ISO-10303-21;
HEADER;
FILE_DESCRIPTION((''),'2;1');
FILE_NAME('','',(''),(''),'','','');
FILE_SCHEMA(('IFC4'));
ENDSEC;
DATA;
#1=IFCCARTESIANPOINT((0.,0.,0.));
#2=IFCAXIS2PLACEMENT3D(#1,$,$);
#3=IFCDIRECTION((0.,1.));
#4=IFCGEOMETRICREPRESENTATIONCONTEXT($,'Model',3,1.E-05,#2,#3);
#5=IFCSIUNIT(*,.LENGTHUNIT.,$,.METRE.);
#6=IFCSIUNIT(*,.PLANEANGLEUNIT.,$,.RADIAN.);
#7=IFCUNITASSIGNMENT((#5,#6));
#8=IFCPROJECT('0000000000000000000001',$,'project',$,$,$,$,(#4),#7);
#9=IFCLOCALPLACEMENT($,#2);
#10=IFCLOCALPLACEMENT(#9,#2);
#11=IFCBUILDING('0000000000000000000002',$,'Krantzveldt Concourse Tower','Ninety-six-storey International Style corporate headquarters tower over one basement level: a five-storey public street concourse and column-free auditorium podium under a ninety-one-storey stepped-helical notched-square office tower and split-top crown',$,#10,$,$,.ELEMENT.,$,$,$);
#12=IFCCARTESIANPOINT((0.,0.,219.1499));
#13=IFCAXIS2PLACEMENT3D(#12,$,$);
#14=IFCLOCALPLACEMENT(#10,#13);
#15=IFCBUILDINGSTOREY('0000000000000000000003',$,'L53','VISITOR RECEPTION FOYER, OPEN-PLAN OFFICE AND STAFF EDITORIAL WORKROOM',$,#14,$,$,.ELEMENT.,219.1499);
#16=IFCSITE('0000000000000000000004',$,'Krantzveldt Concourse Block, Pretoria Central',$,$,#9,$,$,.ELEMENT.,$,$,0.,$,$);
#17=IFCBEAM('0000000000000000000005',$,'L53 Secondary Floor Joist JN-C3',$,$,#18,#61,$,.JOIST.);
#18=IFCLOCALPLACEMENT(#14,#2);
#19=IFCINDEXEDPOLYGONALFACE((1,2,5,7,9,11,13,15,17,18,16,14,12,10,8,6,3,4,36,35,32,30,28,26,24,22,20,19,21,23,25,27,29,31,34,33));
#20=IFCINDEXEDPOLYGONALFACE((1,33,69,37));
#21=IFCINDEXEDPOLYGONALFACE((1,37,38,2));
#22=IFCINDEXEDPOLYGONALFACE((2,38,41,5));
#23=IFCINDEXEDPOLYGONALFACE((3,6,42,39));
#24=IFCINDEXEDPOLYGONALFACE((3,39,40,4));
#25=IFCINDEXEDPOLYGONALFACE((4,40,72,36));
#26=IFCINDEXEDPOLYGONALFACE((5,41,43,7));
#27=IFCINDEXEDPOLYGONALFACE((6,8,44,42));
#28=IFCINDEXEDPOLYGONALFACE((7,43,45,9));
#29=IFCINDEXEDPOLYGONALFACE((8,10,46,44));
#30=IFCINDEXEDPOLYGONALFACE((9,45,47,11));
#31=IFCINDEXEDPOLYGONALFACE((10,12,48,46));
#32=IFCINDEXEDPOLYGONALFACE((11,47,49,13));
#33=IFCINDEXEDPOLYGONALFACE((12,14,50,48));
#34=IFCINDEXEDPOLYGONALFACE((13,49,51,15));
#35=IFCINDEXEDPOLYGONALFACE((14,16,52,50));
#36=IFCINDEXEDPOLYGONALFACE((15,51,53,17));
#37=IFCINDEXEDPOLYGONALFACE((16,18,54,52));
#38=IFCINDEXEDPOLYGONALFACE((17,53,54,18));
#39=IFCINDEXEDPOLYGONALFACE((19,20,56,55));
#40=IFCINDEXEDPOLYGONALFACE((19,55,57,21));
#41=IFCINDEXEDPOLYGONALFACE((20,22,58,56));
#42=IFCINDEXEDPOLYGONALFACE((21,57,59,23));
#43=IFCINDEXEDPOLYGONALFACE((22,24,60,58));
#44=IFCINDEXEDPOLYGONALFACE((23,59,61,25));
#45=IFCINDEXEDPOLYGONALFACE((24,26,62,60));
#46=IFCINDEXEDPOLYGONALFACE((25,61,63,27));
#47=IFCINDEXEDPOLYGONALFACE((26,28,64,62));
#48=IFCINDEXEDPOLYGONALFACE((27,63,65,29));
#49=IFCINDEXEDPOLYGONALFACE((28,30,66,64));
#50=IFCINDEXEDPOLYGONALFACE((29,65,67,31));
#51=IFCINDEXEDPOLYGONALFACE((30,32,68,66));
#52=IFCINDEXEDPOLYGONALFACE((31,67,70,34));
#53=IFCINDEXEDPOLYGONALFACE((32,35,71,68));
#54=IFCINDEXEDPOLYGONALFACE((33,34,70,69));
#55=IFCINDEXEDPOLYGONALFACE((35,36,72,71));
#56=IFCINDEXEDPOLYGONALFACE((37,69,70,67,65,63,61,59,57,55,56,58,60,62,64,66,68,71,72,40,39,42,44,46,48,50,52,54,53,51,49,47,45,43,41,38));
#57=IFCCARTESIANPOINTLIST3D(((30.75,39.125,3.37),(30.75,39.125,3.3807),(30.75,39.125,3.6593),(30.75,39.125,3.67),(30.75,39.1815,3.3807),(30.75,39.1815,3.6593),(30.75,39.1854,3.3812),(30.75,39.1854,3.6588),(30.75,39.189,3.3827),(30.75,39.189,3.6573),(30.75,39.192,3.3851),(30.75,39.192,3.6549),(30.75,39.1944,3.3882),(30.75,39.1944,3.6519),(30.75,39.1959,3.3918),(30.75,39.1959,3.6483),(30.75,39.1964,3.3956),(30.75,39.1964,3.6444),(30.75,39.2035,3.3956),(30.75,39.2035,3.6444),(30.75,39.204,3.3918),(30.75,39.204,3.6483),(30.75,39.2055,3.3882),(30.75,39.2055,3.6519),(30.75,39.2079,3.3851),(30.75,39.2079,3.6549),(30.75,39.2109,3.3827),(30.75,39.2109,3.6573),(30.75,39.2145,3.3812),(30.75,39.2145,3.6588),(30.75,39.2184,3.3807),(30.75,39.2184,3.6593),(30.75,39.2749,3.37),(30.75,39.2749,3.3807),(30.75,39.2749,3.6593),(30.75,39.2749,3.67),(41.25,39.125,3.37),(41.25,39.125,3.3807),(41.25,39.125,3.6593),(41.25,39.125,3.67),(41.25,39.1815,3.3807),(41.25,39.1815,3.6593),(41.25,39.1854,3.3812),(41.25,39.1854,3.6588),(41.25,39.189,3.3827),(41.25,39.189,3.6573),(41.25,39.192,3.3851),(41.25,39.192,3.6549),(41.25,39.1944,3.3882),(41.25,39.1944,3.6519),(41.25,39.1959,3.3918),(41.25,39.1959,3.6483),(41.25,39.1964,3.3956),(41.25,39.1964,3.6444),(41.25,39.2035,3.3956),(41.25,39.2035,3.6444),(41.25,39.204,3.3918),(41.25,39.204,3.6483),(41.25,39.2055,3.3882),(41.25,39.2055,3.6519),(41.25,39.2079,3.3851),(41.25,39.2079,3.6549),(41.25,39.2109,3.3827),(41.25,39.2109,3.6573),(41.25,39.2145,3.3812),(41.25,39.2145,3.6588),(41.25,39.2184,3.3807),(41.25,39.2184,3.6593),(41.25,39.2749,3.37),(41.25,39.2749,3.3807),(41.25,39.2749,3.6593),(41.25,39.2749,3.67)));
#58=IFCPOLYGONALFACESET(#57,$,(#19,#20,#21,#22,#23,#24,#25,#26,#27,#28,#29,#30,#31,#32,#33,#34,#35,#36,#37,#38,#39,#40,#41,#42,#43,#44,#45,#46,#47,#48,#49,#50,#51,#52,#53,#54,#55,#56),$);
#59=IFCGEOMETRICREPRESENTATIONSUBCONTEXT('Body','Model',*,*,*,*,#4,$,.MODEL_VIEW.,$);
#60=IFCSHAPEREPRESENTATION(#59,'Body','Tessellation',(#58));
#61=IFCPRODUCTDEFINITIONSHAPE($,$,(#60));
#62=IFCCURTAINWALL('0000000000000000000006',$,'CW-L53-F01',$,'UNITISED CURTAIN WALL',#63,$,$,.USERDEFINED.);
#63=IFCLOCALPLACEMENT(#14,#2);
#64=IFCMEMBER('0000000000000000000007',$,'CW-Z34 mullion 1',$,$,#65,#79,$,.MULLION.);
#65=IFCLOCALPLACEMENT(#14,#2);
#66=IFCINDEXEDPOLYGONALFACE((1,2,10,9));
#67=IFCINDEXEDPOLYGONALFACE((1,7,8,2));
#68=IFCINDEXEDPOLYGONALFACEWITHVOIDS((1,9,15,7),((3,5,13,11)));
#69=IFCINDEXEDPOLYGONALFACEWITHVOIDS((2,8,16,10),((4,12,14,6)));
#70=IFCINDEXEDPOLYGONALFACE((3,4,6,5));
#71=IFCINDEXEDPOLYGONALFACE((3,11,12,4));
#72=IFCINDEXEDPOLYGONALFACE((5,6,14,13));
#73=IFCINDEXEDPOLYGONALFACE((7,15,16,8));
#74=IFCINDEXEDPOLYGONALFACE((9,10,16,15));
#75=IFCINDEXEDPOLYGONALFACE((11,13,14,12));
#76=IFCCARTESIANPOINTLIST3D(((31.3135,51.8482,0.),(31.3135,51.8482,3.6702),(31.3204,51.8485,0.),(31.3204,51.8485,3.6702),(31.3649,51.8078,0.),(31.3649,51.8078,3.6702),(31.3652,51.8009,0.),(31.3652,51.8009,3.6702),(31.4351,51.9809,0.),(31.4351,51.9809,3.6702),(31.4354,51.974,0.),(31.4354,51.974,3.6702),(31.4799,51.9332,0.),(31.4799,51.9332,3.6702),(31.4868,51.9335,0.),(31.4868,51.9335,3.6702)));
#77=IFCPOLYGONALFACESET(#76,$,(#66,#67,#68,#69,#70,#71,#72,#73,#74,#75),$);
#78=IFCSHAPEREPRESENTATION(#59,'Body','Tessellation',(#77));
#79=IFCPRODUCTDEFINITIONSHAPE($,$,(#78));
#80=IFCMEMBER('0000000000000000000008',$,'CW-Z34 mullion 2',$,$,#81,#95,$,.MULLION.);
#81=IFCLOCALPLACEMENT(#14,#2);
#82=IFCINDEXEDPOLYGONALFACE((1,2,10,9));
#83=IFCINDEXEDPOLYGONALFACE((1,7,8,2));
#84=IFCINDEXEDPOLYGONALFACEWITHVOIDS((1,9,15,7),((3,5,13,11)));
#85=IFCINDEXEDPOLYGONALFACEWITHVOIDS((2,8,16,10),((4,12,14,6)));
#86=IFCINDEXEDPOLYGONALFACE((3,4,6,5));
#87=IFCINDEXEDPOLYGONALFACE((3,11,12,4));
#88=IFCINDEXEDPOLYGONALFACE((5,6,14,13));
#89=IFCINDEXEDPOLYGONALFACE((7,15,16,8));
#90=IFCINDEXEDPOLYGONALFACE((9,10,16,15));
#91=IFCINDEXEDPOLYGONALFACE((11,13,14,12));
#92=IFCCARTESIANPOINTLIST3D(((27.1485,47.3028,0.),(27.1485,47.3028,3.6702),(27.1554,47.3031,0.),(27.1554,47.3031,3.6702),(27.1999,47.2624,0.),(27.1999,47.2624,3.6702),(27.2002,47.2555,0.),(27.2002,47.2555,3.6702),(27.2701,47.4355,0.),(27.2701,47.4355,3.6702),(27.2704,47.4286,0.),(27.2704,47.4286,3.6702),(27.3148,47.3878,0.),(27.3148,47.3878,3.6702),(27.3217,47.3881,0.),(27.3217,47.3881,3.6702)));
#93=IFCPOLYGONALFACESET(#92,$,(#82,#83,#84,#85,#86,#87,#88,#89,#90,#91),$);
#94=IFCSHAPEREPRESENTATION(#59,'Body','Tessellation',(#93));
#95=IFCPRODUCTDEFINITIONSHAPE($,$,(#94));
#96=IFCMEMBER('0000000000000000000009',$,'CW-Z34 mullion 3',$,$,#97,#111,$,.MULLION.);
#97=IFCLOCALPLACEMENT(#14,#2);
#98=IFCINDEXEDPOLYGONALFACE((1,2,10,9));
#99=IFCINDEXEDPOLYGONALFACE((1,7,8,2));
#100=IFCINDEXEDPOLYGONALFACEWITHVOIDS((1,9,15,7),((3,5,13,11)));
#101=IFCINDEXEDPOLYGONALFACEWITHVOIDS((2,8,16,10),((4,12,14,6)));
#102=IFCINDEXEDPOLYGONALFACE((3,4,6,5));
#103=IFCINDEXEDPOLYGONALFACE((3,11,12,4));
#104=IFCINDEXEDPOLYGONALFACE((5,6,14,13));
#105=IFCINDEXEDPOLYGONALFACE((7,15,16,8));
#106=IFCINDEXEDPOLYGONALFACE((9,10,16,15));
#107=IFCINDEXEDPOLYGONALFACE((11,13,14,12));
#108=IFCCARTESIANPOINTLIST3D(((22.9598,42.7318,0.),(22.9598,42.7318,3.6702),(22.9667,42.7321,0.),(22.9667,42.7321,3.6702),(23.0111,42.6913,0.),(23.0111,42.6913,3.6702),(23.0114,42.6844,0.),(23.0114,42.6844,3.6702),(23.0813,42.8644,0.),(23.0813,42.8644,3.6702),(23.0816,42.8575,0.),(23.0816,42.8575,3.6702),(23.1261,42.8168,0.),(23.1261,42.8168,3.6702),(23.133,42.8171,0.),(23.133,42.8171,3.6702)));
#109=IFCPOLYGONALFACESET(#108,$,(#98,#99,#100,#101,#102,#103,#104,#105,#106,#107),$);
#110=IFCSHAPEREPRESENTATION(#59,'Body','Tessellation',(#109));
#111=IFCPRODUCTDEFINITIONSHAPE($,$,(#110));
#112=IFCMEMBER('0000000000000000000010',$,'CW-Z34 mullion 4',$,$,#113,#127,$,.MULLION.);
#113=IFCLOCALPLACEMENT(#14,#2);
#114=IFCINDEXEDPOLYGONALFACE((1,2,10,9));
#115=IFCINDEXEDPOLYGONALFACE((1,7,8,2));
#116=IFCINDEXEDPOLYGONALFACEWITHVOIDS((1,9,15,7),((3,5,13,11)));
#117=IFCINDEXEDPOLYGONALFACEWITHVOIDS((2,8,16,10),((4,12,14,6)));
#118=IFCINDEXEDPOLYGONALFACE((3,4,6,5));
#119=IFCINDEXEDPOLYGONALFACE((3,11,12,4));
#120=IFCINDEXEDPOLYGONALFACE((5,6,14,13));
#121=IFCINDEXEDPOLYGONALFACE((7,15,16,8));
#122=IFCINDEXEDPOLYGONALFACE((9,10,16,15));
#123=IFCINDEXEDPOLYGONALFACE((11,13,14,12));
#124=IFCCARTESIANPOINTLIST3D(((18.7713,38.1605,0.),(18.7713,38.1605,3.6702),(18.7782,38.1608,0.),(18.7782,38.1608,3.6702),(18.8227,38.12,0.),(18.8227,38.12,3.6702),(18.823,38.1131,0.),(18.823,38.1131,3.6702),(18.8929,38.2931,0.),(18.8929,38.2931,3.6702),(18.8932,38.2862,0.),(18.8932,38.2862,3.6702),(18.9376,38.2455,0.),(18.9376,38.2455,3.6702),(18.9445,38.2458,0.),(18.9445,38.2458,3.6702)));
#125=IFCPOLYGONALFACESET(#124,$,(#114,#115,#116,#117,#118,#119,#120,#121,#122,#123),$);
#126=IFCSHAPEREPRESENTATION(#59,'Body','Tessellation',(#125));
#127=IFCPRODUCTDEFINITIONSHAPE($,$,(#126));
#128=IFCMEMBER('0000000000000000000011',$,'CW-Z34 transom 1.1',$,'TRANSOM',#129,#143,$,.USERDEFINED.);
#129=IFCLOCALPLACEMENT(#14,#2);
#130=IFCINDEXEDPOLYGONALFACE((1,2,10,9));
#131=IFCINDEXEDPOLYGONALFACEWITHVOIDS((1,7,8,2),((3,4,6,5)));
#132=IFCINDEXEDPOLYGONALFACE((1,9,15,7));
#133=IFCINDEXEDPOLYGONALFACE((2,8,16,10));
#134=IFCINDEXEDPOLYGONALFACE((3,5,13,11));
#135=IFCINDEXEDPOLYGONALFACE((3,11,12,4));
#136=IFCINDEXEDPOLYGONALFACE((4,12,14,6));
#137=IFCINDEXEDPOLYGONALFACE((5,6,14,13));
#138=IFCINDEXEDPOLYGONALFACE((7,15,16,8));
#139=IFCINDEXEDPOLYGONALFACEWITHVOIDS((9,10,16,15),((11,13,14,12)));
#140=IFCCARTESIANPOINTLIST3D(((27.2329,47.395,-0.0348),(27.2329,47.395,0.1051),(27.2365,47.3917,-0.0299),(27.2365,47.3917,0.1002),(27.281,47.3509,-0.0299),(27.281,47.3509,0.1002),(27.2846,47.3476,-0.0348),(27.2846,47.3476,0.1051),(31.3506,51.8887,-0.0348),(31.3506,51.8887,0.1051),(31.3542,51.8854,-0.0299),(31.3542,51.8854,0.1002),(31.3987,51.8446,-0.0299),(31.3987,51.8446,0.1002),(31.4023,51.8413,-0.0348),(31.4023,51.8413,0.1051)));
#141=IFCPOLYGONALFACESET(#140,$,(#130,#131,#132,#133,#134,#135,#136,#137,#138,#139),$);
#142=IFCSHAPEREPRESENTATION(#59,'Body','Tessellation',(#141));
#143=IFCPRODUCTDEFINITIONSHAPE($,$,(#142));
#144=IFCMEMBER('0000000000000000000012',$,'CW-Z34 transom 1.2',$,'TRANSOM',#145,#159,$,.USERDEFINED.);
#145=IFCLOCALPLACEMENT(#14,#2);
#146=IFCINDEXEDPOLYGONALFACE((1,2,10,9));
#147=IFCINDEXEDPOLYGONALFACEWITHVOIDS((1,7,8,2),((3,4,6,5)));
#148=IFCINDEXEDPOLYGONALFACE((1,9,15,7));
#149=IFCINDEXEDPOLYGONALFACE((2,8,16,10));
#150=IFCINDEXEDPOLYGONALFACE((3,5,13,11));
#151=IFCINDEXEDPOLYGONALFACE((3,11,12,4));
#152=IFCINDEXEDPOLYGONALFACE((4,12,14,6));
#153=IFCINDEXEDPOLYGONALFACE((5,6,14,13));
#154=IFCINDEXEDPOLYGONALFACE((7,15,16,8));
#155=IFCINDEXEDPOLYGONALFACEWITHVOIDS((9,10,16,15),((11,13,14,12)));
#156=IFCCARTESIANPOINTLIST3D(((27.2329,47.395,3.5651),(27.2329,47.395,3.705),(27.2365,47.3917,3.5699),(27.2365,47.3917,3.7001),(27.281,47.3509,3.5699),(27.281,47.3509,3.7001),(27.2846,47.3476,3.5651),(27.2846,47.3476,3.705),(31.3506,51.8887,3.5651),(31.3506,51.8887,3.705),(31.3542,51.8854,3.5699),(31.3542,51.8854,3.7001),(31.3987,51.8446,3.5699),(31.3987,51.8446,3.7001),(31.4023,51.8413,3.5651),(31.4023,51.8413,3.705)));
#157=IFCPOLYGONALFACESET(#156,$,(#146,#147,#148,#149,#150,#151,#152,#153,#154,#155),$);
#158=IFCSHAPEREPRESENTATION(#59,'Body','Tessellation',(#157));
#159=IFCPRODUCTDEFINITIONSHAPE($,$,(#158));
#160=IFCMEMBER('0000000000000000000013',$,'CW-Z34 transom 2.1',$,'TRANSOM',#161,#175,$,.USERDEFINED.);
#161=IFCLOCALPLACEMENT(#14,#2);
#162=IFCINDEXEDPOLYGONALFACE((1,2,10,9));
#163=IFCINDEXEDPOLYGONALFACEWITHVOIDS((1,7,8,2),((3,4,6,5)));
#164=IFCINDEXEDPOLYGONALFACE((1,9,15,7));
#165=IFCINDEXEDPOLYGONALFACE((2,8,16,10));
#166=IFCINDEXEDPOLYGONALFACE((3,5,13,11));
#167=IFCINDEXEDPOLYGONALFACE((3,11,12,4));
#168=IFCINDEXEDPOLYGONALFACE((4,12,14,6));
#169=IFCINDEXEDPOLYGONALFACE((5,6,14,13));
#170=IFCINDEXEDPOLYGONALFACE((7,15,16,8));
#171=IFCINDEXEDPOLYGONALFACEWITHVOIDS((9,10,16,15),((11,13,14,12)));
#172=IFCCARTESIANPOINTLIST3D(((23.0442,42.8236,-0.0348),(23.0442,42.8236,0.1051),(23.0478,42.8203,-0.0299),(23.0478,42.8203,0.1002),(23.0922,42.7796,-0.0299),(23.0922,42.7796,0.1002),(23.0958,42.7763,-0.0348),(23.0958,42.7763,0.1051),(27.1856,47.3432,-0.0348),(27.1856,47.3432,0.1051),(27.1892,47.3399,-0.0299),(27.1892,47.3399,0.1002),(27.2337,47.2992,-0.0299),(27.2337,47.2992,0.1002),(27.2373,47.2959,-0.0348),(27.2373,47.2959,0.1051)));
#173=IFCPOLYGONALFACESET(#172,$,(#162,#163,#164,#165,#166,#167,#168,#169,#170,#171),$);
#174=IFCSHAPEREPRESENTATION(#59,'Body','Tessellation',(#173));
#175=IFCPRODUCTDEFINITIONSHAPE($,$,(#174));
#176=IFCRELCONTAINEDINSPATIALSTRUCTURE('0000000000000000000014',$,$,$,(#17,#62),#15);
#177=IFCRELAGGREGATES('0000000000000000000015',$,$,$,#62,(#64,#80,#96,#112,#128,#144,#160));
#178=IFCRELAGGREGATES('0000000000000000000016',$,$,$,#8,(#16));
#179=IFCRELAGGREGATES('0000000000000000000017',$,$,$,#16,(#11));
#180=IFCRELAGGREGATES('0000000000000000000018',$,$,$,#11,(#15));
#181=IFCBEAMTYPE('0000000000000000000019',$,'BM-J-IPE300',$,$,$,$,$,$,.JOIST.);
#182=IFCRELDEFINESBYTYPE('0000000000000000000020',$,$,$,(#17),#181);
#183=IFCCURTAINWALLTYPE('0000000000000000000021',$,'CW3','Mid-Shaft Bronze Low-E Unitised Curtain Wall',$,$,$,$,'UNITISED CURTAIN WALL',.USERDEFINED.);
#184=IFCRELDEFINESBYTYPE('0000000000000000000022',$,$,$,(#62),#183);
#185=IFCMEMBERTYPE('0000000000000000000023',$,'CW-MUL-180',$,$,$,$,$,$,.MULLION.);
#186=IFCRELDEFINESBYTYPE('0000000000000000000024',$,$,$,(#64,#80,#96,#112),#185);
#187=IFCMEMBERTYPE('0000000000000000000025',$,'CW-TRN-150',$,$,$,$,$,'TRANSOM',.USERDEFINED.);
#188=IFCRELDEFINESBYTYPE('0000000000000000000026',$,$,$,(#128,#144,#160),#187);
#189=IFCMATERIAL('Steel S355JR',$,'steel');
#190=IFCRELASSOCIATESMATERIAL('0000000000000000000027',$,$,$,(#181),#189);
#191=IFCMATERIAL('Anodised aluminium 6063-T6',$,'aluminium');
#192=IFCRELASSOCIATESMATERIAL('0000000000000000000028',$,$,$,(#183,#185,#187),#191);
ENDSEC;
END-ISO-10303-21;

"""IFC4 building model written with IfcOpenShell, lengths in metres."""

from ifc_helpers import new_model, si_unit, direction, frame, origin, origin_2d, place, context, subcontext, project, spatial, hollow_rectangle, i_section, extrude, source, transform, mapped, material, material_profile, profile_set, type_object, type_shapes, element, aggregate, save


model = new_model("IFC4")

# Units and contexts
model_context = context("Model", 3, precision=1e-05, world=origin(), true_north=direction((0.0, 1.0)))
body_context = subcontext(model_context, "Body", "Model", "MODEL_VIEW")
ifc_project = project(units=[si_unit("LENGTHUNIT", "METRE"), si_unit("PLANEANGLEUNIT", "RADIAN")], contexts=[model_context])

# Site, building, storey
site_placement = place(None, origin())
site = spatial("IfcSite", under=ifc_project, at=site_placement, Name="Krantzveldt Concourse Block, Pretoria Central", CompositionType="ELEMENT", RefElevation=0.0)
building_placement = place(site_placement, origin())
building = spatial("IfcBuilding", under=site, at=building_placement, Name="Krantzveldt Concourse Tower", Description="Ninety-six-storey International Style corporate headquarters tower over one basement level: a five-storey public street concourse and column-free auditorium podium under a ninety-one-storey stepped-helical notched-square office tower and split-top crown", CompositionType="ELEMENT")
storey_placement = place(building_placement, frame((0.0, 0.0, 219.1499)))
storey = spatial("IfcBuildingStorey", under=building, at=storey_placement, Name="L53", Description="VISITOR RECEPTION FOYER, OPEN-PLAN OFFICE AND STAFF EDITORIAL WORKROOM", CompositionType="ELEMENT", Elevation=219.1499)

# Beam
ifc_material_1 = material(Name="Steel S355JR", Category="steel")
ifc_material_profile_1 = material_profile(ifc_material_1, i_section(OverallWidth=0.1499, OverallDepth=0.3, WebThickness=0.0071, FlangeThickness=0.0107, FilletRadius=0.0149, at=origin_2d()), Name="Steel S355JR", Category="steel")
ifc_profile_set_1 = profile_set([ifc_material_profile_1], Name="Steel S355JR - IPE 300")
beam_type_1 = type_object("IfcBeamType", Name="BM-J-IPE300", PredefinedType="JOIST", material=ifc_profile_set_1)
shared_shape_1 = source(origin(), body_context, "Body", "SweptSolid", [
    extrude(i_section(OverallWidth=0.1499, OverallDepth=0.3, WebThickness=0.0071, FlangeThickness=0.0107, FilletRadius=0.0149, at=origin_2d()), origin(), (0.0, 0.0, 1.0), 10.5),
])
type_shapes(beam_type_1, [shared_shape_1])
beam_1_placement = place(storey_placement, frame((30.75, 39.2, 3.52), z_axis=(1.0, 0.0, 0.0), x_axis=(0.0, 1.0, 0.0)))
element("IfcBeam", 1, at=beam_1_placement, inside=storey, type_object=beam_type_1, Name="L53 Secondary Floor Joist JN-C3", PredefinedType="JOIST", context=body_context, shape_type="MappedRepresentation", body=[
    mapped(shared_shape_1, transform((0.0, 0.0, 0.0), x_axis=(1.0, 0.0, 0.0), y_axis=(0.0, 1.0, 0.0), z_axis=(0.0, 0.0, 1.0), scale=1.0)),
])

# Curtain wall, members
ifc_material_2 = material(Name="Anodised aluminium 6063-T6", Category="aluminium")
curtain_wall_type = type_object("IfcCurtainWallType", Name="CW3", Description="Mid-Shaft Bronze Low-E Unitised Curtain Wall", ElementType="UNITISED CURTAIN WALL", PredefinedType="USERDEFINED", material=ifc_material_2)
curtain_wall_placement = place(storey_placement, origin())
curtain_wall = element("IfcCurtainWall", 2, at=curtain_wall_placement, inside=storey, type_object=curtain_wall_type, Name="CW-L53-F01", ObjectType="UNITISED CURTAIN WALL", PredefinedType="USERDEFINED")
ifc_material_profile_2 = material_profile(ifc_material_2, hollow_rectangle(XDim=0.0701, YDim=0.1799, WallThickness=0.0049, at=origin_2d()), Name="Anodised aluminium 6063-T6", Category="aluminium")
ifc_profile_set_2 = profile_set([ifc_material_profile_2], Name="Anodised aluminium 6063-T6 - ALU-MULL 180x70x5")
member_type_1 = type_object("IfcMemberType", Name="CW-MUL-180", PredefinedType="MULLION", material=ifc_profile_set_2)
shared_shape_2 = source(origin(), body_context, "Body", "SweptSolid", [
    extrude(hollow_rectangle(XDim=0.0701, YDim=0.1799, WallThickness=0.0049, at=origin_2d()), origin(), (0.0, 0.0, 1.0), 3.6702),
])
type_shapes(member_type_1, [shared_shape_2])
member_1_placement = place(storey_placement, frame((31.4001, 51.8909, 0.0), z_axis=(0.0, 0.0, 1.0), x_axis=(0.737277, -0.67559, 0.0)))
member_1 = element("IfcMember", 3, at=member_1_placement, type_object=member_type_1, Name="CW-Z34 mullion 1", PredefinedType="MULLION", context=body_context, shape_type="MappedRepresentation", body=[
    mapped(shared_shape_2, transform((0.0, 0.0, 0.0), x_axis=(1.0, 0.0, 0.0), y_axis=(0.0, 1.0, 0.0), z_axis=(0.0, 0.0, 1.0), scale=1.0)),
])
member_2_placement = place(storey_placement, frame((27.2351, 47.3455, 0.0), z_axis=(0.0, 0.0, 1.0), x_axis=(0.737277, -0.67559, 0.0)))
member_2 = element("IfcMember", 4, at=member_2_placement, type_object=member_type_1, Name="CW-Z34 mullion 2", PredefinedType="MULLION", context=body_context, shape_type="MappedRepresentation", body=[
    mapped(shared_shape_2, transform((0.0, 0.0, 0.0), x_axis=(1.0, 0.0, 0.0), y_axis=(0.0, 1.0, 0.0), z_axis=(0.0, 0.0, 1.0), scale=1.0)),
])
member_3_placement = place(storey_placement, frame((23.0464, 42.7744, 0.0), z_axis=(0.0, 0.0, 1.0), x_axis=(0.737277, -0.67559, 0.0)))
member_3 = element("IfcMember", 5, at=member_3_placement, type_object=member_type_1, Name="CW-Z34 mullion 3", PredefinedType="MULLION", context=body_context, shape_type="MappedRepresentation", body=[
    mapped(shared_shape_2, transform((0.0, 0.0, 0.0), x_axis=(1.0, 0.0, 0.0), y_axis=(0.0, 1.0, 0.0), z_axis=(0.0, 0.0, 1.0), scale=1.0)),
])
member_4_placement = place(storey_placement, frame((18.8579, 38.2031, 0.0), z_axis=(0.0, 0.0, 1.0), x_axis=(0.737277, -0.67559, 0.0)))
member_4 = element("IfcMember", 6, at=member_4_placement, type_object=member_type_1, Name="CW-Z34 mullion 4", PredefinedType="MULLION", context=body_context, shape_type="MappedRepresentation", body=[
    mapped(shared_shape_2, transform((0.0, 0.0, 0.0), x_axis=(1.0, 0.0, 0.0), y_axis=(0.0, 1.0, 0.0), z_axis=(0.0, 0.0, 1.0), scale=1.0)),
])
ifc_material_profile_3 = material_profile(ifc_material_2, hollow_rectangle(XDim=0.0701, YDim=0.1399, WallThickness=0.0049, at=origin_2d()), Name="Anodised aluminium 6063-T6", Category="aluminium")
ifc_profile_set_3 = profile_set([ifc_material_profile_3], Name="Anodised aluminium 6063-T6 - ALU-TRAN 140x70x5")
member_type_2 = type_object("IfcMemberType", Name="CW-TRN-150", ElementType="TRANSOM", PredefinedType="USERDEFINED", material=ifc_profile_set_3)
shared_shape_3 = source(origin(), body_context, "Body", "SweptSolid", [
    extrude(hollow_rectangle(XDim=0.0701, YDim=0.1399, WallThickness=0.0049, at=origin_2d()), origin(), (0.0, 0.0, 1.0), 6.095),
])
member_5_placement = place(storey_placement, frame((31.3765, 51.865, 0.0352), z_axis=(-0.67559, -0.737277, 0.0), x_axis=(0.737277, -0.67559, 0.0)))
member_5 = element("IfcMember", 7, at=member_5_placement, type_object=member_type_2, Name="CW-Z34 transom 1.1", ObjectType="TRANSOM", PredefinedType="USERDEFINED", context=body_context, shape_type="MappedRepresentation", body=[
    mapped(shared_shape_3, transform((0.0, 0.0, 0.0), x_axis=(1.0, 0.0, 0.0), y_axis=(0.0, 1.0, 0.0), z_axis=(0.0, 0.0, 1.0), scale=1.0)),
])
member_6_placement = place(storey_placement, frame((31.3765, 51.865, 3.635), z_axis=(-0.67559, -0.737277, 0.0), x_axis=(0.737277, -0.67559, 0.0)))
member_6 = element("IfcMember", 8, at=member_6_placement, type_object=member_type_2, Name="CW-Z34 transom 1.2", ObjectType="TRANSOM", PredefinedType="USERDEFINED", context=body_context, shape_type="MappedRepresentation", body=[
    mapped(shared_shape_3, transform((0.0, 0.0, 0.0), x_axis=(1.0, 0.0, 0.0), y_axis=(0.0, 1.0, 0.0), z_axis=(0.0, 0.0, 1.0), scale=1.0)),
])
shared_shape_4 = source(origin(), body_context, "Body", "SweptSolid", [
    extrude(hollow_rectangle(XDim=0.0701, YDim=0.1399, WallThickness=0.0049, at=origin_2d()), origin(), (0.0, 0.0, 1.0), 6.1301),
])
type_shapes(member_type_2, [shared_shape_3, shared_shape_4])
member_7_placement = place(storey_placement, frame((27.2114, 47.3196, 0.0352), z_axis=(-0.675588, -0.73728, 0.0), x_axis=(0.73728, -0.675588, 0.0)))
member_7 = element("IfcMember", 9, at=member_7_placement, type_object=member_type_2, Name="CW-Z34 transom 2.1", ObjectType="TRANSOM", PredefinedType="USERDEFINED", context=body_context, shape_type="MappedRepresentation", body=[
    mapped(shared_shape_4, transform((0.0, 0.0, 0.0), x_axis=(1.0, 0.0, 0.0), y_axis=(0.0, 1.0, 0.0), z_axis=(0.0, 0.0, 1.0), scale=1.0)),
])
aggregate(curtain_wall, [member_1, member_2, member_3, member_4, member_5, member_6, member_7])

save(model, "model.ifc")
